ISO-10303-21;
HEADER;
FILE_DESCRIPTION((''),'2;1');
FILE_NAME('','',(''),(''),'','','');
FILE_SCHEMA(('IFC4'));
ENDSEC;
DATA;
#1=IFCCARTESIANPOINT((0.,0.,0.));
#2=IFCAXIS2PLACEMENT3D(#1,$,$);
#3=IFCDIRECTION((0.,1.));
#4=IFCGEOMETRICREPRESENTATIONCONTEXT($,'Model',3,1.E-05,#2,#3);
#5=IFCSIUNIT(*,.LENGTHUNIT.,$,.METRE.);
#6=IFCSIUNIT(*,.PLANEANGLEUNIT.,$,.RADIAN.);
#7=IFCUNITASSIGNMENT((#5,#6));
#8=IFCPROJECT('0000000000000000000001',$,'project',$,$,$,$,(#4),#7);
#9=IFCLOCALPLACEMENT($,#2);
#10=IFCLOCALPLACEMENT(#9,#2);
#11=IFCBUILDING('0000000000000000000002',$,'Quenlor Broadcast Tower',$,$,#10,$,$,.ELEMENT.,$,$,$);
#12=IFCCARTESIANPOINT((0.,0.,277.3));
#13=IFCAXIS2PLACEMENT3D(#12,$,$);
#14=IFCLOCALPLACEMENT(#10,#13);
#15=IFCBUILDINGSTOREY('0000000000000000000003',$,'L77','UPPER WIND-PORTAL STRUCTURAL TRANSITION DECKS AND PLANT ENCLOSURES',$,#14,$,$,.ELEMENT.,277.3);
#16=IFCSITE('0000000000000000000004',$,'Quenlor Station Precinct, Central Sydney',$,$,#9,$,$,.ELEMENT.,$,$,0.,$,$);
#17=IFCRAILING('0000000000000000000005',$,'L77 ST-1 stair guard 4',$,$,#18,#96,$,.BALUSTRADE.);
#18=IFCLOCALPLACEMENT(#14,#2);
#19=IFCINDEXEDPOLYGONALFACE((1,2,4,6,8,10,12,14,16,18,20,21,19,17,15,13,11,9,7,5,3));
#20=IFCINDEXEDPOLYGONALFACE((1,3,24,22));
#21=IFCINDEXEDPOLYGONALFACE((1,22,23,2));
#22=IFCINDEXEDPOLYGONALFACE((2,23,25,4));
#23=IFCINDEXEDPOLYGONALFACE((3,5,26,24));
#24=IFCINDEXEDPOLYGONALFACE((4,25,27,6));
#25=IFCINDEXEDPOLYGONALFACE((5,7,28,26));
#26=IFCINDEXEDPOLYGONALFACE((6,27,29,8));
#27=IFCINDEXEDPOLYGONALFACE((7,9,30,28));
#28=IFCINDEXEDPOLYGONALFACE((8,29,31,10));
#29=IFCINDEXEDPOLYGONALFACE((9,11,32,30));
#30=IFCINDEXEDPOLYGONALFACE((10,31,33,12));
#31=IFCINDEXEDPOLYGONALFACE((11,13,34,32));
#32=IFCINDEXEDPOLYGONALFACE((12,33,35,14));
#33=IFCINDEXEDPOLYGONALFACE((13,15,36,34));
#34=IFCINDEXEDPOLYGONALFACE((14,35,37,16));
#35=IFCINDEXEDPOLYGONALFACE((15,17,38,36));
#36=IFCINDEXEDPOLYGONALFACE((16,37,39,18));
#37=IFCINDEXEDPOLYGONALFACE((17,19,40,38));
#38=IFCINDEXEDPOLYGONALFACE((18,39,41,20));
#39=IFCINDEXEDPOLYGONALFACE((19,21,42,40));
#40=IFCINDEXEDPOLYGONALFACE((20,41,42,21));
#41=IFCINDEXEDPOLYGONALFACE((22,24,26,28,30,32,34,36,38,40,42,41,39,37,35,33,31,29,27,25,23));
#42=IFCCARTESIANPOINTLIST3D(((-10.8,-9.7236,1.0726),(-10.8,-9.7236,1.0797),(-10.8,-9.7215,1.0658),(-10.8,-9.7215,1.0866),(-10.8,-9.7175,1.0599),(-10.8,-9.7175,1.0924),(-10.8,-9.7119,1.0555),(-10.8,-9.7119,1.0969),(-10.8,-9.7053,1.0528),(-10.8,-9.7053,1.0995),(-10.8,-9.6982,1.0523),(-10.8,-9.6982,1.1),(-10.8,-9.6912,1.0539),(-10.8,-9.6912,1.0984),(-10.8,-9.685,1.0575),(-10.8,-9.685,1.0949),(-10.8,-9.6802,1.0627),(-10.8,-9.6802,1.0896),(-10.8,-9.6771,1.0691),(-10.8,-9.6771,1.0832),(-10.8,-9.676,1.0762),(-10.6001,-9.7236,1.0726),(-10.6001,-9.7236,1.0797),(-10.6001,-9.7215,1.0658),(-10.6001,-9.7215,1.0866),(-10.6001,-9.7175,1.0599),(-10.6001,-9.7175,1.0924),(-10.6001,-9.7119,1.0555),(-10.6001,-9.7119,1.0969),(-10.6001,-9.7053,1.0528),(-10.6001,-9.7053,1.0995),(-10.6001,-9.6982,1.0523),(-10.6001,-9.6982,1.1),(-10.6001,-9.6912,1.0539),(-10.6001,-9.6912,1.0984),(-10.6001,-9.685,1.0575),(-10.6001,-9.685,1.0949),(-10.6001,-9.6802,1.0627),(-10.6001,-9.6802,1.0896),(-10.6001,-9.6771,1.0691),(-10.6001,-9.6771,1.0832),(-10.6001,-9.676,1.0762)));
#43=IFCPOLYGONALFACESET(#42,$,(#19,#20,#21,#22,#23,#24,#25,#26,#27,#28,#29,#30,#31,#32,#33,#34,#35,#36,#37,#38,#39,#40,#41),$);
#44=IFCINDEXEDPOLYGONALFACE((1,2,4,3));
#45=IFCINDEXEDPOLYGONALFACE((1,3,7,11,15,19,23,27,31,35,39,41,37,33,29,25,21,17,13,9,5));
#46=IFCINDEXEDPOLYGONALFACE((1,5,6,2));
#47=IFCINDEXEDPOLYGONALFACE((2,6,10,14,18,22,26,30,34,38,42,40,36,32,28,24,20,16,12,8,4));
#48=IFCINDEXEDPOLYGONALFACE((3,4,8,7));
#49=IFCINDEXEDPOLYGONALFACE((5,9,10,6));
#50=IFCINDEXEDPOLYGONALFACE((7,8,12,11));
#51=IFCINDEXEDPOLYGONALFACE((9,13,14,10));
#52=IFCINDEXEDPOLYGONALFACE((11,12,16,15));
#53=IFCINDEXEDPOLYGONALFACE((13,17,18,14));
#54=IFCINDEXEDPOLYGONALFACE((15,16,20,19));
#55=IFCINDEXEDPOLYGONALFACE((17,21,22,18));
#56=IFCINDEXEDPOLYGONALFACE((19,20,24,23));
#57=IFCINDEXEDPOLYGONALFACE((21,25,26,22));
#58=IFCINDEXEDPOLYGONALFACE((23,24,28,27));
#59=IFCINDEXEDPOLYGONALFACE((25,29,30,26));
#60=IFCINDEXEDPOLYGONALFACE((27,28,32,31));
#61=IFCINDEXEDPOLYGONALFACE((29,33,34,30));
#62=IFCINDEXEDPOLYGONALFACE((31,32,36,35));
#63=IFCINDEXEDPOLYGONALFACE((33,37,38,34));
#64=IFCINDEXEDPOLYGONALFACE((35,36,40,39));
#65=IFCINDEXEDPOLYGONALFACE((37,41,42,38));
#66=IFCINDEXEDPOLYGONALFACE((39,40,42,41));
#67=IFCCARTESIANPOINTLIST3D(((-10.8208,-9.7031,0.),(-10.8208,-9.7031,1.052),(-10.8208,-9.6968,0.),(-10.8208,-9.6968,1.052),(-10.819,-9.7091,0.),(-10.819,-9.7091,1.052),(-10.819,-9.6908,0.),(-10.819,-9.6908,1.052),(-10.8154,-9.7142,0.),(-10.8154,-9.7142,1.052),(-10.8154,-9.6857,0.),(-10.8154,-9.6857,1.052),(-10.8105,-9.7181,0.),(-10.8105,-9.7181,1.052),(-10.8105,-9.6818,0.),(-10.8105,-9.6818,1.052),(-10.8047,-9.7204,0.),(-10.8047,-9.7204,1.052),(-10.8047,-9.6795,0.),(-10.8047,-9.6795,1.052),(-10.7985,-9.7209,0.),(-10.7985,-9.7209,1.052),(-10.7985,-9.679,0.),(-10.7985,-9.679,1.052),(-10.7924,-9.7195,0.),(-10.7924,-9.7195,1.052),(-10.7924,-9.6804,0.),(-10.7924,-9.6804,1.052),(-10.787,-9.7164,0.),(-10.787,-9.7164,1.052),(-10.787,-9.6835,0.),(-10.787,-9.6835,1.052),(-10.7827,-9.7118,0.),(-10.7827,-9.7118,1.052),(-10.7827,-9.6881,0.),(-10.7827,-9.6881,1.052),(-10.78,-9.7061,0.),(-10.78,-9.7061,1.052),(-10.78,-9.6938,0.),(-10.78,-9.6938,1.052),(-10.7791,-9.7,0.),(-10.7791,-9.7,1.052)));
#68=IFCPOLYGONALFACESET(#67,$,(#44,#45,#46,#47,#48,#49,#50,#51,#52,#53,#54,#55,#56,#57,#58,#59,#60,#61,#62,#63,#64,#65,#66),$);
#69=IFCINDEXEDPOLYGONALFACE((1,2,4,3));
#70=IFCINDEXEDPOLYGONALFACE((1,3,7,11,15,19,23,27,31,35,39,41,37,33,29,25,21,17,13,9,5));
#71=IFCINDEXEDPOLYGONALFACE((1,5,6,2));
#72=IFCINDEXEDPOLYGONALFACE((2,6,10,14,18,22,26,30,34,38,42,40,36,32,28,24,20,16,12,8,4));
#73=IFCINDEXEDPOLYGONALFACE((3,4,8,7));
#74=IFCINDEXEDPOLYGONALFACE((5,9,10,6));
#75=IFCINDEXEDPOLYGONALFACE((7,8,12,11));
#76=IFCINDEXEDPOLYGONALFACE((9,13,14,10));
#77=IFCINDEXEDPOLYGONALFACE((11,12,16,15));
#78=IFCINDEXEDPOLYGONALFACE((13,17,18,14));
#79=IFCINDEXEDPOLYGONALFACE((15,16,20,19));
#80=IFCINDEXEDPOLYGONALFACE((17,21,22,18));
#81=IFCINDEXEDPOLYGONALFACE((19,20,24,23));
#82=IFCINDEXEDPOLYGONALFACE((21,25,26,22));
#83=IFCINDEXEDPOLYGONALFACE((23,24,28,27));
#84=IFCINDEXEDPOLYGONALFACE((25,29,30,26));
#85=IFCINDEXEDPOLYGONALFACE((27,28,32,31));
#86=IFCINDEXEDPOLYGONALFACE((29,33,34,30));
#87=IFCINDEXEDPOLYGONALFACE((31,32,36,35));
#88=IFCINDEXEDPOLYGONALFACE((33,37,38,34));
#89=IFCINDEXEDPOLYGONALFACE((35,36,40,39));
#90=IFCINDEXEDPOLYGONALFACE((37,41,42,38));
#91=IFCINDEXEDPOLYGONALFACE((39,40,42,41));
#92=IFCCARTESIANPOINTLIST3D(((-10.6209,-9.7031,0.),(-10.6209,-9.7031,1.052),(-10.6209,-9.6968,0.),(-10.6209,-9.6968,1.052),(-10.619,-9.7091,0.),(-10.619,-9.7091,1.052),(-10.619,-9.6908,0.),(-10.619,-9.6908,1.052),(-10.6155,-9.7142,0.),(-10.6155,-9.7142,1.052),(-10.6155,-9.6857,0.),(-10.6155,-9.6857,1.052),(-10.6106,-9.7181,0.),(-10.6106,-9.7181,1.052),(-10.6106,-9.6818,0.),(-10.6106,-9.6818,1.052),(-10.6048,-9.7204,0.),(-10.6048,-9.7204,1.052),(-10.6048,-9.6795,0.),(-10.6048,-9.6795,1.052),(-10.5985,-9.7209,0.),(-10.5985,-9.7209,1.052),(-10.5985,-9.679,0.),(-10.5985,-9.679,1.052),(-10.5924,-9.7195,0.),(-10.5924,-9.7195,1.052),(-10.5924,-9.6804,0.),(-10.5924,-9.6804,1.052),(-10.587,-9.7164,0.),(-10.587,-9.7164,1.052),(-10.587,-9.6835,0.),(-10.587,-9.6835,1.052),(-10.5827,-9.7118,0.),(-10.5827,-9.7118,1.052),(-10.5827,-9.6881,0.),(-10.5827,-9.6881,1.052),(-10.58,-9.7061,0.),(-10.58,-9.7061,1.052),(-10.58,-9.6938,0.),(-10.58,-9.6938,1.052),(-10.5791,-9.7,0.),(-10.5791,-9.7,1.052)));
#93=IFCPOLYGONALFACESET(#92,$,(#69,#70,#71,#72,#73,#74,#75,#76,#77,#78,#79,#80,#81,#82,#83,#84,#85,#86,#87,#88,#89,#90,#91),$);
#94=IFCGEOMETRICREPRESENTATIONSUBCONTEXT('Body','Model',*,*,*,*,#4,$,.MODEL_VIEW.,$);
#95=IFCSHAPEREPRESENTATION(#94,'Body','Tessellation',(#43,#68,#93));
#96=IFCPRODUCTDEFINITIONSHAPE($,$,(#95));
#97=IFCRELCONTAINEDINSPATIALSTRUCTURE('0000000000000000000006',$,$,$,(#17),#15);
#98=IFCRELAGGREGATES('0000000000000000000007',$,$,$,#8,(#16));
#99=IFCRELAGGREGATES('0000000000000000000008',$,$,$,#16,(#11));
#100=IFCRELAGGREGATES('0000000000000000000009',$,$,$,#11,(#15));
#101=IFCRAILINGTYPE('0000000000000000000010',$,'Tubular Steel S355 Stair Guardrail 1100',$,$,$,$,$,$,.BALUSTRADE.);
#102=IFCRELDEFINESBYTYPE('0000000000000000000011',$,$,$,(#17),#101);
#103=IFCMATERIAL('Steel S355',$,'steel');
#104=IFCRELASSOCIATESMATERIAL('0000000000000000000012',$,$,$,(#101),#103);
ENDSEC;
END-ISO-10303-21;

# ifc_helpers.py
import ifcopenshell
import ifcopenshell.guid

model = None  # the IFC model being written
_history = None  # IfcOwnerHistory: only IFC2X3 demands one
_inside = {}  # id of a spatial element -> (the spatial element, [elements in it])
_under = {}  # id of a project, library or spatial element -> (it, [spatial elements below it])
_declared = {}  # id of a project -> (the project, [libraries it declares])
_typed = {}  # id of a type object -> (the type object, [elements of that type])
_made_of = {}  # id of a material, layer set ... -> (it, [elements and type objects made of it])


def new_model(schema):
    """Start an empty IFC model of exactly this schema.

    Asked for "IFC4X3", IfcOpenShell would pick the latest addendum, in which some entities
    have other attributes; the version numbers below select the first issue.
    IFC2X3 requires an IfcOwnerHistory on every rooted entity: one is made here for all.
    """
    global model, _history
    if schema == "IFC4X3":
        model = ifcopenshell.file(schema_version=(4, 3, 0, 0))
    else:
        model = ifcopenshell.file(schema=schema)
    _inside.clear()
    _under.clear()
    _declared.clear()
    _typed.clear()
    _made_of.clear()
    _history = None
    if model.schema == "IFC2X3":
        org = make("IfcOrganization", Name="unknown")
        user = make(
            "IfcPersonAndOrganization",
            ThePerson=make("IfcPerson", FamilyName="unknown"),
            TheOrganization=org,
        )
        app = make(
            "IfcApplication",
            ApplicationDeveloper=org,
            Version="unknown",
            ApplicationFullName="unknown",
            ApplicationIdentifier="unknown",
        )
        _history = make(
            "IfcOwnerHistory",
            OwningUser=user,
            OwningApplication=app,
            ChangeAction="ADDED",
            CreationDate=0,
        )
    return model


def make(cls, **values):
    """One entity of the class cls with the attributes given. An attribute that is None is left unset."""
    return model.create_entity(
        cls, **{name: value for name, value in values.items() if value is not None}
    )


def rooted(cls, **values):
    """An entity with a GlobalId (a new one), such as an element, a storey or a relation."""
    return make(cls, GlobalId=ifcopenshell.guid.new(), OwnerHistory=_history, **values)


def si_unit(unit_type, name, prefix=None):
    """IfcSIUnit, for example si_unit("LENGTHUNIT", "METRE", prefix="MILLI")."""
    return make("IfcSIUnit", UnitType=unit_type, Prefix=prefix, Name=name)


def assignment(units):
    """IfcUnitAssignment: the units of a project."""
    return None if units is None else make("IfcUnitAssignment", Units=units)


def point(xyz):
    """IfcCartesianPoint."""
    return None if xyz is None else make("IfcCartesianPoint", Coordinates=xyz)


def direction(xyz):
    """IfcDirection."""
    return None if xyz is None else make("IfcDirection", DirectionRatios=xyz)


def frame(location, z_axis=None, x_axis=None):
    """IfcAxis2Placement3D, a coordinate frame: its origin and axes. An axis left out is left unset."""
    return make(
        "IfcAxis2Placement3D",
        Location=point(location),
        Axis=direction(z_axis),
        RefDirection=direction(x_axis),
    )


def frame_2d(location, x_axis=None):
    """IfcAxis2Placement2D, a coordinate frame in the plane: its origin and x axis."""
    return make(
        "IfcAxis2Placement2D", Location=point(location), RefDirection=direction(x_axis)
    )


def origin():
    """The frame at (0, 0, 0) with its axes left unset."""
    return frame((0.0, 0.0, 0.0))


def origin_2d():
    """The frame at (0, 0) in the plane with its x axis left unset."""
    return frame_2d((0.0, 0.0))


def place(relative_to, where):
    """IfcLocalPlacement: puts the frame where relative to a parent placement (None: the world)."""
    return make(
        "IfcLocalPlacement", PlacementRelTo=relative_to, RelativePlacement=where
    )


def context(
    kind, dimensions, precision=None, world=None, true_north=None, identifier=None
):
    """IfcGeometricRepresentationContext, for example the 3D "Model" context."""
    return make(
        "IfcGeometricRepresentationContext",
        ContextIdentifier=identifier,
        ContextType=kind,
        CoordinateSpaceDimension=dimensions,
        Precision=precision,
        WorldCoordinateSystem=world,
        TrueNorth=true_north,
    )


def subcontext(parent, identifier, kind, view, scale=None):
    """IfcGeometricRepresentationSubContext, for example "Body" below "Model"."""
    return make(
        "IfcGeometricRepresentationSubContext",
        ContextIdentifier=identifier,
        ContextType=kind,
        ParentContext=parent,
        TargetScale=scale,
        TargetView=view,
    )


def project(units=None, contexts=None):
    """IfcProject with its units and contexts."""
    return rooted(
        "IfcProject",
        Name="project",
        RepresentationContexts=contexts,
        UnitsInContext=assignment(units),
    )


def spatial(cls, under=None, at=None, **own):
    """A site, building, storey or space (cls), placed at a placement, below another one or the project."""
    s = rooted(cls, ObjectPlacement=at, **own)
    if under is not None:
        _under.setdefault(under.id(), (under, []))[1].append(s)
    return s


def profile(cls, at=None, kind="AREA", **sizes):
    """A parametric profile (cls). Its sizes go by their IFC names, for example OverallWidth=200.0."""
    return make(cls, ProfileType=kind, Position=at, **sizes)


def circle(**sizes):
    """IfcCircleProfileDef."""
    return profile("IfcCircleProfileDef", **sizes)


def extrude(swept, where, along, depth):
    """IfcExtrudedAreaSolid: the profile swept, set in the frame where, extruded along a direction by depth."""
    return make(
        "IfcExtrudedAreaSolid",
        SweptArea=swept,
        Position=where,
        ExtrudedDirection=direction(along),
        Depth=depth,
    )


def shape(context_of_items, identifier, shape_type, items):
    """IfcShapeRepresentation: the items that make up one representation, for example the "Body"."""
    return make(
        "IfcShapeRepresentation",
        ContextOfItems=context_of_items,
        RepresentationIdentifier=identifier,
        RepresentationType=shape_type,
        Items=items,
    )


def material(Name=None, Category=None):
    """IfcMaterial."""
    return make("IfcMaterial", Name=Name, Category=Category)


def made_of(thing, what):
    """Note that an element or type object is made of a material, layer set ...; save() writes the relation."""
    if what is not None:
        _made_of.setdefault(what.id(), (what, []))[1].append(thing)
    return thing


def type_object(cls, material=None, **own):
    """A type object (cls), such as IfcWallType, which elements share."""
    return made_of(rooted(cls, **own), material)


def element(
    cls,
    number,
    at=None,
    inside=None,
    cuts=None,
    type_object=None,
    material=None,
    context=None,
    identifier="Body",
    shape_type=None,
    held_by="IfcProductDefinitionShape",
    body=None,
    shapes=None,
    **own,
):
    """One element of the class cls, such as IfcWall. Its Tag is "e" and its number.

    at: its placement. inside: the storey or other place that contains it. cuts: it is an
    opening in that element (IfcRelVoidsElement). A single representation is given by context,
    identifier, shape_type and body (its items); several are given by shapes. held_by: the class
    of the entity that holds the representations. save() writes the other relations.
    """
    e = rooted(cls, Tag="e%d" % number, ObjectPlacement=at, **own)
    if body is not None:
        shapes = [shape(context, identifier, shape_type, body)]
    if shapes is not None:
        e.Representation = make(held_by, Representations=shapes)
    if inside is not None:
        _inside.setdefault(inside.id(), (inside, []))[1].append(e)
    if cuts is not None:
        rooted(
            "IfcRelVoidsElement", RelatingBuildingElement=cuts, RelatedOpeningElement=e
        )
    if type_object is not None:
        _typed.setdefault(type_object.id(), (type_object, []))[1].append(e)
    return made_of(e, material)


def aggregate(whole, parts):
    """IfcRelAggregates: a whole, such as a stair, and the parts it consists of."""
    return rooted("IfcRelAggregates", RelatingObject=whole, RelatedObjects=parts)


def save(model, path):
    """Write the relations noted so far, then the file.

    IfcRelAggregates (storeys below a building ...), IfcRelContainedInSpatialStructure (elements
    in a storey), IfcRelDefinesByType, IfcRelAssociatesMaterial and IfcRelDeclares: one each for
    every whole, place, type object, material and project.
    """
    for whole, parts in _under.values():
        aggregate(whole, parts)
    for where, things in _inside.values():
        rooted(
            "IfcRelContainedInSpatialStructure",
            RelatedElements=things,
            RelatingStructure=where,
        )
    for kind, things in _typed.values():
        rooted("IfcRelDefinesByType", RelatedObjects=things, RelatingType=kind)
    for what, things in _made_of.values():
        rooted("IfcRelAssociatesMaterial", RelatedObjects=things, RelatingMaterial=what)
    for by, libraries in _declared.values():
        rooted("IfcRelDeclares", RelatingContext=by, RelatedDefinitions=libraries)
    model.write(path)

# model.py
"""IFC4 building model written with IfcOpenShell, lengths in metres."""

from ifc_helpers import new_model, si_unit, direction, frame, origin, origin_2d, place, context, subcontext, project, spatial, circle, extrude, material, type_object, element, save


model = new_model("IFC4")

# Units and contexts
model_context = context("Model", 3, precision=1e-05, world=origin(), true_north=direction((0.0, 1.0)))
body_context = subcontext(model_context, "Body", "Model", "MODEL_VIEW")
ifc_project = project(units=[si_unit("LENGTHUNIT", "METRE"), si_unit("PLANEANGLEUNIT", "RADIAN")], contexts=[model_context])

# Site, building, storey
site_placement = place(None, origin())
site = spatial("IfcSite", under=ifc_project, at=site_placement, Name="Quenlor Station Precinct, Central Sydney", CompositionType="ELEMENT", RefElevation=0.0)
building_placement = place(site_placement, origin())
building = spatial("IfcBuilding", under=site, at=building_placement, Name="Quenlor Broadcast Tower", CompositionType="ELEMENT")
storey_placement = place(building_placement, frame((0.0, 0.0, 277.3)))
storey = spatial("IfcBuildingStorey", under=building, at=storey_placement, Name="L77", Description="UPPER WIND-PORTAL STRUCTURAL TRANSITION DECKS AND PLANT ENCLOSURES", CompositionType="ELEMENT", Elevation=277.3)

# Railing
ifc_material_1 = material(Name="Steel S355", Category="steel")
railing_type_1 = type_object("IfcRailingType", Name="Tubular Steel S355 Stair Guardrail 1100", PredefinedType="BALUSTRADE", material=ifc_material_1)
railing_1_placement = place(storey_placement, frame((-10.8, -9.7, 0.0)))
element("IfcRailing", 1, at=railing_1_placement, inside=storey, type_object=railing_type_1, Name="L77 ST-1 stair guard 4", PredefinedType="BALUSTRADE", context=body_context, shape_type="SweptSolid", body=[
    extrude(circle(Radius=0.0239, at=origin_2d()), frame((0.0, 0.0, 1.0762), z_axis=(1.0, 0.0, 0.0), x_axis=(0.0, 1.0, 0.0)), (0.0, 0.0, 1.0), 0.2),
    extrude(circle(Radius=0.021, at=origin_2d()), origin(), (0.0, 0.0, 1.0), 1.052),
    extrude(circle(Radius=0.021, at=origin_2d()), frame((0.2, 0.0, 0.0)), (0.0, 0.0, 1.0), 1.052),
])

save(model, "model.ifc")
